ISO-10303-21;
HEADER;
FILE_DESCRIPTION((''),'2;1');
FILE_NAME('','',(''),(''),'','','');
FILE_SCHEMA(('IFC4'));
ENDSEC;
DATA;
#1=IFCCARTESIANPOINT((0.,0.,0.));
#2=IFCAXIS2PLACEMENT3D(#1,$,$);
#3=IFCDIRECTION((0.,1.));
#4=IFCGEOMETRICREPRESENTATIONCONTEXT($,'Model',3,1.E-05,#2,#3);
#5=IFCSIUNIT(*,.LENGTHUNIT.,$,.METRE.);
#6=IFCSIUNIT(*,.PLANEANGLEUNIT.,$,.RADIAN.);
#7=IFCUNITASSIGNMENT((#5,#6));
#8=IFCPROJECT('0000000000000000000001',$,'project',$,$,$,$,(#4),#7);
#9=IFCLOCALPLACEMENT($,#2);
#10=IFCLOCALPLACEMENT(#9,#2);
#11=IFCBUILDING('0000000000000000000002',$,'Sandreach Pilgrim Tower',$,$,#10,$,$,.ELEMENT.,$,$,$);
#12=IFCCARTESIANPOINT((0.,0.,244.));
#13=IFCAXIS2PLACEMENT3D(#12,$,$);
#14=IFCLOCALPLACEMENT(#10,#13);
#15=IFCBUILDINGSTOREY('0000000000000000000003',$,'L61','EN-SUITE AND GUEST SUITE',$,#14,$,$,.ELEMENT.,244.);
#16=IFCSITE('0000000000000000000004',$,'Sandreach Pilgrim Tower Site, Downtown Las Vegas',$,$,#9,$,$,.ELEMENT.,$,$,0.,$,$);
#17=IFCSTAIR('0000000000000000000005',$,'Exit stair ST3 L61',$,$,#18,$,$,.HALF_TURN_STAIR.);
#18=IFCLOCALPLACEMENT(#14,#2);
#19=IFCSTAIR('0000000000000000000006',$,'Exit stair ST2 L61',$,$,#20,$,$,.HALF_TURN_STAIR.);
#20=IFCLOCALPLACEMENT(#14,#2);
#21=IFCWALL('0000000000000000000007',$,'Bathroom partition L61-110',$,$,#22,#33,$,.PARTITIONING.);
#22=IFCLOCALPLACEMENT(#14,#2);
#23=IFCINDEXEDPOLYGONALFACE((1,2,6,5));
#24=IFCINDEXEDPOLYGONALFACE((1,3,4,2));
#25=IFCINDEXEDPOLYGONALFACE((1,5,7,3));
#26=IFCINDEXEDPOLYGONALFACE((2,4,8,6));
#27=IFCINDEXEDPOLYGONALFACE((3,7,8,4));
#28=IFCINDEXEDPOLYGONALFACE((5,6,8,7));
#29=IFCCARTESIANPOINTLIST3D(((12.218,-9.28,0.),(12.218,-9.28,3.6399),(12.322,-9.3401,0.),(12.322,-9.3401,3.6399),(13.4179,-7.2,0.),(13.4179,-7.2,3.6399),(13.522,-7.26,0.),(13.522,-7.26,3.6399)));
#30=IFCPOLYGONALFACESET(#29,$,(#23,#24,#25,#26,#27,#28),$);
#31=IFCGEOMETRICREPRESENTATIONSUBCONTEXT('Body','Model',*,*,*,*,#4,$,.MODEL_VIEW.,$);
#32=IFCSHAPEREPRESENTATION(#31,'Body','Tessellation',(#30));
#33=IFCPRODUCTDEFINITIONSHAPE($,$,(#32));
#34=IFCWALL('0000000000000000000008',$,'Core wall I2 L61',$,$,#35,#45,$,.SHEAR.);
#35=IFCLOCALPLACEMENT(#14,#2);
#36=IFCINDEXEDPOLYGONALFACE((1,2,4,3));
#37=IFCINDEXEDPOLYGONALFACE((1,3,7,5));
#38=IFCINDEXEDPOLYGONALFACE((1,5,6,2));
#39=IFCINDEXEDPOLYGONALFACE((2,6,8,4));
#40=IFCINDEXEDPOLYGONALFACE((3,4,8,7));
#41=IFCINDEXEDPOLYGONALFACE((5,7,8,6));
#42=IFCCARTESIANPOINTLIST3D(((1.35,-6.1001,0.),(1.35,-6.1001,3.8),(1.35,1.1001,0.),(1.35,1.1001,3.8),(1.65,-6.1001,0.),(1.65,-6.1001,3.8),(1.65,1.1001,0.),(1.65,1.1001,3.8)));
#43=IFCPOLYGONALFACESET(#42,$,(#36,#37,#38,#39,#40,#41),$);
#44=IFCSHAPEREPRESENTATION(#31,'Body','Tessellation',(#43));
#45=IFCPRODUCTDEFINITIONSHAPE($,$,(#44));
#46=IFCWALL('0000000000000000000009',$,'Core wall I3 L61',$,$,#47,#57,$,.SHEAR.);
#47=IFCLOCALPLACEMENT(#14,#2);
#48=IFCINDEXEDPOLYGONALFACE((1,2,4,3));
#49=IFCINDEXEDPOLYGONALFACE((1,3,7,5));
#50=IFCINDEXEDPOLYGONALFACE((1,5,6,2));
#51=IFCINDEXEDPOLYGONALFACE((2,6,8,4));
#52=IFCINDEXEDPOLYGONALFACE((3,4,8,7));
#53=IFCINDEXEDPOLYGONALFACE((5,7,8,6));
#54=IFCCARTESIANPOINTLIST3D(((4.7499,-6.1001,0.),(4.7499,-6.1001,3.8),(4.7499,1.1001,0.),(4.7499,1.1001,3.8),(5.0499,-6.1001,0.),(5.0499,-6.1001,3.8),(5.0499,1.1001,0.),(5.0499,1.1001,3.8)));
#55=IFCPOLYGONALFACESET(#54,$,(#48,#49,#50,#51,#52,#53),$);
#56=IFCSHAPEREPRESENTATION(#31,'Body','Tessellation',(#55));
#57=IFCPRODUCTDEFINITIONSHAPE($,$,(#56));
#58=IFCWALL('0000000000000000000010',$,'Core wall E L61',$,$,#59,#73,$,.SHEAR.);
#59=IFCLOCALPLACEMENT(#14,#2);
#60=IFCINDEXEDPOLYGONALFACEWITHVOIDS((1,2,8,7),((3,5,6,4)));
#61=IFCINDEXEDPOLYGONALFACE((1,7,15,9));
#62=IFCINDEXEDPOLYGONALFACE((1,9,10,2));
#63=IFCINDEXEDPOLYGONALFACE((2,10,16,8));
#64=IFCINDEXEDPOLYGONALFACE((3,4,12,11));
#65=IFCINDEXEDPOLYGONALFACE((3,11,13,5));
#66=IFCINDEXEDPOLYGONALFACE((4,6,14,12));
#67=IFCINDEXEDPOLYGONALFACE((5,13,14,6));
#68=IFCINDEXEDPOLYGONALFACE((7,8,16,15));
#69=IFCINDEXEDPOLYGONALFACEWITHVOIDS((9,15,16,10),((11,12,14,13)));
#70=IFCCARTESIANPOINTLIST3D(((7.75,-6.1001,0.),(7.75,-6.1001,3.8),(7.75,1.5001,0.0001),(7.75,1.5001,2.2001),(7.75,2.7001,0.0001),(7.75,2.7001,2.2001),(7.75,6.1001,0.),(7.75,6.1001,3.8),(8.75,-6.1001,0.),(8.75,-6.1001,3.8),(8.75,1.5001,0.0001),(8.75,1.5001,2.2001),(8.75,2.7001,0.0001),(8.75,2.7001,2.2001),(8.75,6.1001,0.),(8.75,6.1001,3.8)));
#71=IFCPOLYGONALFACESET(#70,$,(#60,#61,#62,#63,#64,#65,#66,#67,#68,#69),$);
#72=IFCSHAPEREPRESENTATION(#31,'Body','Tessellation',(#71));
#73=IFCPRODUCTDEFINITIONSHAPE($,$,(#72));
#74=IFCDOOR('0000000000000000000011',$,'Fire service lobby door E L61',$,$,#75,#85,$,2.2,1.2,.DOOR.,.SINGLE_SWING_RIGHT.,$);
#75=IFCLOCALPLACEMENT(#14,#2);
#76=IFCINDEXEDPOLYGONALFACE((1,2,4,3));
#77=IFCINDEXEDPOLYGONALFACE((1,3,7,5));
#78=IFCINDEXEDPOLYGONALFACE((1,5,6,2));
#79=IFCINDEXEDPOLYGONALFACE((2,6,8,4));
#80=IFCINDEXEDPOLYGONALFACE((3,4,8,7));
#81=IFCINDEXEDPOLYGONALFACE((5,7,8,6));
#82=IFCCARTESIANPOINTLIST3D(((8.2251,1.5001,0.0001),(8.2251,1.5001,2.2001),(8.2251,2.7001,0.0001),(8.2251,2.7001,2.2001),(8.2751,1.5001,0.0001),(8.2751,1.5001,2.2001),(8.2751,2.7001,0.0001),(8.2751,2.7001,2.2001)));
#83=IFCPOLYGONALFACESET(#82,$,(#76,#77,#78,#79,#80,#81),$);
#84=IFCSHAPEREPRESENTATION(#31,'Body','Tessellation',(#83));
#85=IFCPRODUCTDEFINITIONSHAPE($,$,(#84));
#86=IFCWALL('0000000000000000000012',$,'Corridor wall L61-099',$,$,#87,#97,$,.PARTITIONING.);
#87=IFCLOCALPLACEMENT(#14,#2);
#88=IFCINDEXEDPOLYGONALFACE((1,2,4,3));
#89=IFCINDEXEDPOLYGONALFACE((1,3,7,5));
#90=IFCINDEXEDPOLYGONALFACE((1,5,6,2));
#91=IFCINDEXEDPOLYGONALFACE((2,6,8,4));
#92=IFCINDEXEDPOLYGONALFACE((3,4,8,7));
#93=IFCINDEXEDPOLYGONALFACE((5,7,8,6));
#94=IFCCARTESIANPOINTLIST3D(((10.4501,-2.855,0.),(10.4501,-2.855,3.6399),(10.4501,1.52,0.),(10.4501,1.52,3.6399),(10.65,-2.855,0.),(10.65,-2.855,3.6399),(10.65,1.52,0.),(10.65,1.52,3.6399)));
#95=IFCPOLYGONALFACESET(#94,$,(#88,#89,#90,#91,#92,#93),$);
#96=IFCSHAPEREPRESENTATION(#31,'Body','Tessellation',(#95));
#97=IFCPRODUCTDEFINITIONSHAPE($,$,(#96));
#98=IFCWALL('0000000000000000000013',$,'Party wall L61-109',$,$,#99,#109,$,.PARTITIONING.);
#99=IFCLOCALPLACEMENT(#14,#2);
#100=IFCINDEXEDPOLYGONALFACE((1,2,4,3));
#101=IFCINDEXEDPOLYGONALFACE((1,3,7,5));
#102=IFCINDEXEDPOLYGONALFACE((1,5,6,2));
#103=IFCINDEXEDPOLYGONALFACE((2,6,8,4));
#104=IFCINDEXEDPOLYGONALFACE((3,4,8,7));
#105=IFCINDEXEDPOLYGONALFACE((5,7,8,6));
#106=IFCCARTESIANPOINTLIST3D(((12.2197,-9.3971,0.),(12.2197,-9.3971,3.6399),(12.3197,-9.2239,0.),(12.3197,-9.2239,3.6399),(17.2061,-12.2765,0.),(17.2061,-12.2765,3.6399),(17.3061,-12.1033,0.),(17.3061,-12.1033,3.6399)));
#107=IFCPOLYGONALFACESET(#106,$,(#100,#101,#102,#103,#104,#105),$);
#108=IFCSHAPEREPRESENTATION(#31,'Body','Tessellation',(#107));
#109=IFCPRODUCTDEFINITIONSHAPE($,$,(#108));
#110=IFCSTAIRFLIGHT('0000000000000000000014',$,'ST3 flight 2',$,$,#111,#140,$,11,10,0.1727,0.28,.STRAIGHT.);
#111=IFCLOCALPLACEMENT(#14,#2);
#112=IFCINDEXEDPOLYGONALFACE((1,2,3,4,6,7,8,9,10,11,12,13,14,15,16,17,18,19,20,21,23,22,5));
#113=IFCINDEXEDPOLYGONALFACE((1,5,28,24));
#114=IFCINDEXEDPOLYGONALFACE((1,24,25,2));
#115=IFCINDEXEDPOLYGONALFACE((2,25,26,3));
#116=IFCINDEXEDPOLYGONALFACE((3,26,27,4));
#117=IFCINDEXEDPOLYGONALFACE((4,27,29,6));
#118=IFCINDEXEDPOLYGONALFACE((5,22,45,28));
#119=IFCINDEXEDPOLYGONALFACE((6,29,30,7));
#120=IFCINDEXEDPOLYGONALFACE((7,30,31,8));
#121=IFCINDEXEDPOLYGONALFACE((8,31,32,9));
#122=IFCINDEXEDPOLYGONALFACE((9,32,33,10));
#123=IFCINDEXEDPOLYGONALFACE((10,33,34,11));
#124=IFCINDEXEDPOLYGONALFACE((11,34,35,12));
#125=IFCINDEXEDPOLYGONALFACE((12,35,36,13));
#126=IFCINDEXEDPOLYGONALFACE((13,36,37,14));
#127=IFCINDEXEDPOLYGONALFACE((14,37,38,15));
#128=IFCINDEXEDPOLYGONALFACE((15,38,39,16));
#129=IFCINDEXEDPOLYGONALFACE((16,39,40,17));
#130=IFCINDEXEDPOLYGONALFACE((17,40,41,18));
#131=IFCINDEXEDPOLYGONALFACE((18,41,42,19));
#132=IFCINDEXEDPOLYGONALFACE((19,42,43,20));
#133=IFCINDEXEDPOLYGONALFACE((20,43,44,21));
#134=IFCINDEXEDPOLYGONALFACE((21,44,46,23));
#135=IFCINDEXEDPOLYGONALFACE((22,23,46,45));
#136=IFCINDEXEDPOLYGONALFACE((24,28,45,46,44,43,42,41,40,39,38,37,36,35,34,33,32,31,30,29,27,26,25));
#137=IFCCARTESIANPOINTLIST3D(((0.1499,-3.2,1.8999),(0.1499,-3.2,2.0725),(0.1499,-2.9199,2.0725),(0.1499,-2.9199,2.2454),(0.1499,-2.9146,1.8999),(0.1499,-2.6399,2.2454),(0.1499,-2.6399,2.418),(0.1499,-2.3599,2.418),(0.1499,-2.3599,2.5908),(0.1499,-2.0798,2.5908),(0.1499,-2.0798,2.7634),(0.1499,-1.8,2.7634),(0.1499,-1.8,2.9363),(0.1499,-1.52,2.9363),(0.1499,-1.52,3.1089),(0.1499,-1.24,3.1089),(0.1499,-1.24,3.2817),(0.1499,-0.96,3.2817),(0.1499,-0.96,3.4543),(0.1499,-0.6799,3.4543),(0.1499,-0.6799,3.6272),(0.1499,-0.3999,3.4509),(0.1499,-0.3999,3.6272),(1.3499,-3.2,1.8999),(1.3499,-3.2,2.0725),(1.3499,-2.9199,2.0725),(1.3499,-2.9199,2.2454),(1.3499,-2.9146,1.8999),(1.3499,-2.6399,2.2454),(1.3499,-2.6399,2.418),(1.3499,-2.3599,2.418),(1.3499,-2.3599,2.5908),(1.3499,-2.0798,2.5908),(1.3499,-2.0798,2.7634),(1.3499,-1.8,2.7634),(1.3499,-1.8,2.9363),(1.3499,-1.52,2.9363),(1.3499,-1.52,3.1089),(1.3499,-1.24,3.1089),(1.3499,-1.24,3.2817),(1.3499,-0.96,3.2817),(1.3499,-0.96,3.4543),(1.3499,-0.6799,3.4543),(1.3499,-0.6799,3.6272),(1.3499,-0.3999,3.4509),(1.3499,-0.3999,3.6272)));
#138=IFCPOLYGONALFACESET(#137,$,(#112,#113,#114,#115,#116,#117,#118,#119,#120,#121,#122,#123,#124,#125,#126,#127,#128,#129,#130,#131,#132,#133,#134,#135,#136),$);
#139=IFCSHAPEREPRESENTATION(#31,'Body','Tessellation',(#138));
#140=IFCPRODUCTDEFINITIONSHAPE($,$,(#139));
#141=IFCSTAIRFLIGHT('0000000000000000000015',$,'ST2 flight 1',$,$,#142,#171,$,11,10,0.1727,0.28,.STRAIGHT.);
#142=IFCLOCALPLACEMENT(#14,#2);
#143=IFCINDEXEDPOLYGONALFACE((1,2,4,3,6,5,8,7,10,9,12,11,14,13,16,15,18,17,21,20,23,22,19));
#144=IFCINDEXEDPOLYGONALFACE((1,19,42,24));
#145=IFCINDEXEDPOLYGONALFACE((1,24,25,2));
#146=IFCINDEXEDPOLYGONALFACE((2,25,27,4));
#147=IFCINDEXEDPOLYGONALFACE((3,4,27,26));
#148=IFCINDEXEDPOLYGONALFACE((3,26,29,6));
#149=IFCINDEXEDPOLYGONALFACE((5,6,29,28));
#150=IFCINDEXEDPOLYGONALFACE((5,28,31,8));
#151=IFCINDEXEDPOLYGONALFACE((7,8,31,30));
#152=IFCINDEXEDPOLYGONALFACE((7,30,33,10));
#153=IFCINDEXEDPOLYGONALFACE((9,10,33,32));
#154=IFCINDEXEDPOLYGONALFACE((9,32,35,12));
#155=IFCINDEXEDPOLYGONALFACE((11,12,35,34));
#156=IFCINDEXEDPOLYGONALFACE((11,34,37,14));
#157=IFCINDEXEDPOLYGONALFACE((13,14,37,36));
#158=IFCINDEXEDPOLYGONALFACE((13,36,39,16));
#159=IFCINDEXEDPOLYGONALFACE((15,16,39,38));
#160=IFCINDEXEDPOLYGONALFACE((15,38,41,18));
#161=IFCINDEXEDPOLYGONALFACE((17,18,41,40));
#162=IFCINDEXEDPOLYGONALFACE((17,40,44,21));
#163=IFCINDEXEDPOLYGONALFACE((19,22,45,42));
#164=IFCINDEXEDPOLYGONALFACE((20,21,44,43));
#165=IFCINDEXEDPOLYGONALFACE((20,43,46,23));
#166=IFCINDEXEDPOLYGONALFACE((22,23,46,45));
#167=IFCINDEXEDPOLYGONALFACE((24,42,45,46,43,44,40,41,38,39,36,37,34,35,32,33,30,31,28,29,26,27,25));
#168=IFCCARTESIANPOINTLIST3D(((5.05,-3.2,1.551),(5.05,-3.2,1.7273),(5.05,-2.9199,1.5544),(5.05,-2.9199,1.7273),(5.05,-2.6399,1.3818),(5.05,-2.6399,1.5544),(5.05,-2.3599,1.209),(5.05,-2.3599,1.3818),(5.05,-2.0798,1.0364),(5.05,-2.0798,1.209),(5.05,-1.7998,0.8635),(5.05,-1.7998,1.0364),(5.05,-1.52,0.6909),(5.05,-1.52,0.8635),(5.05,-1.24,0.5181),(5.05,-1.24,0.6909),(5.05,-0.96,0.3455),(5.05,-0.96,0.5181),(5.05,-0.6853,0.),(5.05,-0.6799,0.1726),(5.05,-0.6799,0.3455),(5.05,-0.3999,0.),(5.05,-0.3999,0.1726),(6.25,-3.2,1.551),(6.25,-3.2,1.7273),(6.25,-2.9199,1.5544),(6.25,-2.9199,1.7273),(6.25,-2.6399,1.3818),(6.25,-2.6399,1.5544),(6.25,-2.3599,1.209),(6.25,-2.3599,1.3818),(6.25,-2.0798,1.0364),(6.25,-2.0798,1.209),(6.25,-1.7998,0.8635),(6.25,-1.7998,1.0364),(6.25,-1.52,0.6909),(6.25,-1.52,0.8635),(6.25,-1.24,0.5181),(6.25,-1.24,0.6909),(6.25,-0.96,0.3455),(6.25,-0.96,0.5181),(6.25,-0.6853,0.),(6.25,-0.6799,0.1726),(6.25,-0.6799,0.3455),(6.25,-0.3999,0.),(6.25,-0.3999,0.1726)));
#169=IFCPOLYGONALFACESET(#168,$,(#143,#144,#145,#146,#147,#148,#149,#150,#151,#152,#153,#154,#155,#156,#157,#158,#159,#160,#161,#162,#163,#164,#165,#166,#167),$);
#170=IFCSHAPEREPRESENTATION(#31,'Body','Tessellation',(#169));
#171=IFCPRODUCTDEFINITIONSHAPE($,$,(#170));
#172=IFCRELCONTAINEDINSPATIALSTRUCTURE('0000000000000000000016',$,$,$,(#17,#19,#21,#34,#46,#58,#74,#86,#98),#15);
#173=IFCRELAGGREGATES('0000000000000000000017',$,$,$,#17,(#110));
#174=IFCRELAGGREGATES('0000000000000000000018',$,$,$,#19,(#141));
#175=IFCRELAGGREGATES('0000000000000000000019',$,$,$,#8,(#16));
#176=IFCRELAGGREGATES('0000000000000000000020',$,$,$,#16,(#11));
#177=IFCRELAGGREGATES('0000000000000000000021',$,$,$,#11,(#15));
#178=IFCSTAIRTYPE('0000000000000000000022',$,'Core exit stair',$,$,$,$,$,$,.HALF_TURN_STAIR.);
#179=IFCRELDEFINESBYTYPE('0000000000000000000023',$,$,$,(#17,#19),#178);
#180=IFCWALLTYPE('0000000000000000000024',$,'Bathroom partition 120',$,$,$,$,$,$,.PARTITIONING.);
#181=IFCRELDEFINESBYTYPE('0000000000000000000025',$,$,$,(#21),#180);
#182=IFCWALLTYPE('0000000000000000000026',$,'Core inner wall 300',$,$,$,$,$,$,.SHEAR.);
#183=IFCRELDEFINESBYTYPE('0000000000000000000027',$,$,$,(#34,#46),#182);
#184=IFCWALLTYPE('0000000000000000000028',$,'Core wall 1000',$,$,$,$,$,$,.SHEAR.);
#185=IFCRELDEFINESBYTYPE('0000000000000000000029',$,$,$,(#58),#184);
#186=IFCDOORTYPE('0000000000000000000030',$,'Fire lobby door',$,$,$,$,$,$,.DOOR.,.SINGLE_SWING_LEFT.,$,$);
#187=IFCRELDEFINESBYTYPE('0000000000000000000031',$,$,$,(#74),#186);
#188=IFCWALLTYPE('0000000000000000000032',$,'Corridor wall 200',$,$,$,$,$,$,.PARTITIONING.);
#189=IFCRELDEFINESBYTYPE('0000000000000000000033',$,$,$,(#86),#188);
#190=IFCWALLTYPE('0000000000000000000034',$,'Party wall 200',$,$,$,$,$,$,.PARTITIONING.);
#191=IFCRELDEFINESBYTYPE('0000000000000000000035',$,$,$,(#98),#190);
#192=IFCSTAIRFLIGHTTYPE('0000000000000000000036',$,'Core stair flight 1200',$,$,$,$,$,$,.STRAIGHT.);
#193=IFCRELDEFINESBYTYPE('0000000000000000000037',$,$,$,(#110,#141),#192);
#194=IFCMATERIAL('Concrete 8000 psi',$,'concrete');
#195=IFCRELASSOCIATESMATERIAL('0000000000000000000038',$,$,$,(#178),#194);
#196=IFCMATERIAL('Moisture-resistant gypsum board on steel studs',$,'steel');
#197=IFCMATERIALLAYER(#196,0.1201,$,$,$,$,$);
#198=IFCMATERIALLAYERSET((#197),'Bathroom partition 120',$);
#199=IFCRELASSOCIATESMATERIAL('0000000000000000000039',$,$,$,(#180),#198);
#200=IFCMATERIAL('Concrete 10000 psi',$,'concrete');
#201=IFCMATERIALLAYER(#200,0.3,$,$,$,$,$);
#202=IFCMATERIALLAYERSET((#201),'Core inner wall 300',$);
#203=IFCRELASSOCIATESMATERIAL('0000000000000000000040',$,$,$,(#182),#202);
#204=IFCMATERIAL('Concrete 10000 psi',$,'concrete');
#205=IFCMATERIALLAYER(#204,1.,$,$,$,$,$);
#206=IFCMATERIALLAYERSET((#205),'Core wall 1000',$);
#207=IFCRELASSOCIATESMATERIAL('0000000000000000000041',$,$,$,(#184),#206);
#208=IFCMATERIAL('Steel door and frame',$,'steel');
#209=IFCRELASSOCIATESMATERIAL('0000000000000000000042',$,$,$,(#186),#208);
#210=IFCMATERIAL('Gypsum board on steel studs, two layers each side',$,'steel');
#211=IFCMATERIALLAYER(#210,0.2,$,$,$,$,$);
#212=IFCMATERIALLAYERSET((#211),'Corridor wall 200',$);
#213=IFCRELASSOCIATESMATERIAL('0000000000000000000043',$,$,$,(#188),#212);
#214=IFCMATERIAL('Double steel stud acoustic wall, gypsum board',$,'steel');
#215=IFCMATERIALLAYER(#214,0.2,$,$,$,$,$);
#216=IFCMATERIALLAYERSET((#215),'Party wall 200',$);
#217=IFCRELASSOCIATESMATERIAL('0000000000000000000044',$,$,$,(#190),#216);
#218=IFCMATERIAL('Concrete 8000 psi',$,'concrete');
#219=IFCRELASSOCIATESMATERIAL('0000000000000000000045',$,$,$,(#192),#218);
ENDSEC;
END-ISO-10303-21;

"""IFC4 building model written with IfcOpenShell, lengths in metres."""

from ifc_helpers import new_model, si_unit, direction, frame, frame_2d, origin, place, context, subcontext, project, spatial, polyline, rectangle, outline, extrude, material, layer, layer_set, type_object, element, fill, aggregate, save


model = new_model("IFC4")

# Units and contexts
model_context = context("Model", 3, precision=1e-05, world=origin(), true_north=direction((0.0, 1.0)))
body_context = subcontext(model_context, "Body", "Model", "MODEL_VIEW")
ifc_project = project(units=[si_unit("LENGTHUNIT", "METRE"), si_unit("PLANEANGLEUNIT", "RADIAN")], contexts=[model_context])

# Site, building, storey
site_placement = place(None, origin())
site = spatial("IfcSite", under=ifc_project, at=site_placement, Name="Sandreach Pilgrim Tower Site, Downtown Las Vegas", CompositionType="ELEMENT", RefElevation=0.0)
building_placement = place(site_placement, origin())
building = spatial("IfcBuilding", under=site, at=building_placement, Name="Sandreach Pilgrim Tower", CompositionType="ELEMENT")
storey_placement = place(building_placement, frame((0.0, 0.0, 244.0)))
storey = spatial("IfcBuildingStorey", under=building, at=storey_placement, Name="L61", Description="EN-SUITE AND GUEST SUITE", CompositionType="ELEMENT", Elevation=244.0)

# Stair
ifc_material_1 = material(Name="Concrete 8000 psi", Category="concrete")
stair_type = type_object("IfcStairType", Name="Core exit stair", PredefinedType="HALF_TURN_STAIR", material=ifc_material_1)
stair_1_placement = place(storey_placement, origin())
stair_1 = element("IfcStair", 1, at=stair_1_placement, inside=storey, type_object=stair_type, Name="Exit stair ST3 L61", PredefinedType="HALF_TURN_STAIR")

# Stair
stair_2_placement = place(storey_placement, origin())
stair_2 = element("IfcStair", 2, at=stair_2_placement, inside=storey, type_object=stair_type, Name="Exit stair ST2 L61", PredefinedType="HALF_TURN_STAIR")

# Walls
ifc_material_2 = material(Name="Moisture-resistant gypsum board on steel studs", Category="steel")
ifc_layer_1 = layer(ifc_material_2, 0.1201)
ifc_layer_set_1 = layer_set([ifc_layer_1], Name="Bathroom partition 120")
wall_type_1 = type_object("IfcWallType", Name="Bathroom partition 120", PredefinedType="PARTITIONING", material=ifc_layer_set_1)
wall_1_placement = place(storey_placement, frame((12.27, -9.3101, 0.0), z_axis=(0.0, 0.0, 1.0), x_axis=(0.499693, 0.866203, 0.0)))
element("IfcWall", 3, at=wall_1_placement, inside=storey, type_object=wall_type_1, Name="Bathroom partition L61-110", PredefinedType="PARTITIONING", context=body_context, shape_type="SweptSolid", body=[
    extrude(rectangle(XDim=2.4014, YDim=0.1201, at=frame_2d((1.2007, 0.0))), origin(), (0.0, 0.0, 1.0), 3.6399),
])
ifc_material_3 = material(Name="Concrete 10000 psi", Category="concrete")
ifc_layer_2 = layer(ifc_material_3, 0.3)
ifc_layer_set_2 = layer_set([ifc_layer_2], Name="Core inner wall 300")
wall_type_2 = type_object("IfcWallType", Name="Core inner wall 300", PredefinedType="SHEAR", material=ifc_layer_set_2)
for number, where, z_axis, x_axis, name in (
    (4, (1.5, -6.1001, 0.0), (0.0, 0.0, 1.0), (0.0, 1.0, 0.0), "Core wall I2 L61"),
    (5, (4.8999, -6.1001, 0.0), (0.0, 0.0, 1.0), (0.0, 1.0, 0.0), "Core wall I3 L61"),
):
    element("IfcWall", number, at=place(storey_placement, frame(where, z_axis=z_axis, x_axis=x_axis)), inside=storey, type_object=wall_type_2, Name=name, PredefinedType="SHEAR", context=body_context, shape_type="SweptSolid", body=[
        extrude(rectangle(XDim=7.2002, YDim=0.3, at=frame_2d((3.6001, 0.0))), origin(), (0.0, 0.0, 1.0), 3.8),
    ])

# Wall, opening, door
ifc_material_4 = material(Name="Concrete 10000 psi", Category="concrete")
ifc_layer_3 = layer(ifc_material_4, 1.0)
ifc_layer_set_3 = layer_set([ifc_layer_3], Name="Core wall 1000")
wall_type_3 = type_object("IfcWallType", Name="Core wall 1000", PredefinedType="SHEAR", material=ifc_layer_set_3)
wall_2_placement = place(storey_placement, frame((8.25, -6.1001, 0.0), z_axis=(0.0, 0.0, 1.0), x_axis=(0.0, 1.0, 0.0)))
wall_2 = element("IfcWall", 6, at=wall_2_placement, inside=storey, type_object=wall_type_3, Name="Core wall E L61", PredefinedType="SHEAR", context=body_context, shape_type="SweptSolid", body=[
    extrude(rectangle(XDim=12.2002, YDim=1.0, at=frame_2d((6.1001, 0.0))), origin(), (0.0, 0.0, 1.0), 3.8),
])
opening_1_placement = place(wall_2_placement, frame((7.6001, 0.0, 0.0)))
opening_1 = element("IfcOpeningElement", 7, at=opening_1_placement, cuts=wall_2, PredefinedType="OPENING", context=body_context, shape_type="SweptSolid", body=[
    extrude(rectangle(XDim=1.2, YDim=2.2, at=frame_2d((0.6001, 1.1001))), frame((0.0, 0.5, 0.0), z_axis=(0.0, -1.0, 0.0), x_axis=(1.0, 0.0, 0.0)), (0.0, 0.0, 1.0), 1.0),
])
ifc_material_5 = material(Name="Steel door and frame", Category="steel")
door_type_1 = type_object("IfcDoorType", Name="Fire lobby door", OperationType="SINGLE_SWING_LEFT", PredefinedType="DOOR", material=ifc_material_5)
door_1_placement = place(opening_1_placement, origin())
door_1 = element("IfcDoor", 8, at=door_1_placement, inside=storey, type_object=door_type_1, Name="Fire service lobby door E L61", OperationType="SINGLE_SWING_RIGHT", OverallHeight=2.2, OverallWidth=1.2, PredefinedType="DOOR", context=body_context, shape_type="SweptSolid", body=[
    extrude(rectangle(XDim=1.2, YDim=2.2, at=frame_2d((0.6001, 1.1001))), frame((0.0, 0.0249, 0.0), z_axis=(0.0, -1.0, 0.0), x_axis=(1.0, 0.0, 0.0)), (0.0, 0.0, 1.0), 0.05),
])
fill(opening_1, door_1)
ifc_material_6 = material(Name="Gypsum board on steel studs, two layers each side", Category="steel")
ifc_layer_4 = layer(ifc_material_6, 0.2)
ifc_layer_set_4 = layer_set([ifc_layer_4], Name="Corridor wall 200")
wall_type_4 = type_object("IfcWallType", Name="Corridor wall 200", PredefinedType="PARTITIONING", material=ifc_layer_set_4)

# Wall
wall_3_placement = place(storey_placement, frame((10.55, -2.855, 0.0), z_axis=(0.0, 0.0, 1.0), x_axis=(0.0, 1.0, 0.0)))
element("IfcWall", 9, at=wall_3_placement, inside=storey, type_object=wall_type_4, Name="Corridor wall L61-099", PredefinedType="PARTITIONING", context=body_context, shape_type="SweptSolid", body=[
    extrude(rectangle(XDim=4.375, YDim=0.2, at=frame_2d((2.1875, 0.0))), origin(), (0.0, 0.0, 1.0), 3.6399),
])

# Wall
ifc_material_7 = material(Name="Double steel stud acoustic wall, gypsum board", Category="steel")
ifc_layer_5 = layer(ifc_material_7, 0.2)
ifc_layer_set_5 = layer_set([ifc_layer_5], Name="Party wall 200")
wall_type_5 = type_object("IfcWallType", Name="Party wall 200", PredefinedType="PARTITIONING", material=ifc_layer_set_5)
wall_4_placement = place(storey_placement, frame((12.2698, -9.3105, 0.0), z_axis=(0.0, 0.0, 1.0), x_axis=(0.865985, -0.50007, 0.0)))
element("IfcWall", 10, at=wall_4_placement, inside=storey, type_object=wall_type_5, Name="Party wall L61-109", PredefinedType="PARTITIONING", context=body_context, shape_type="SweptSolid", body=[
    extrude(rectangle(XDim=5.7581, YDim=0.2, at=frame_2d((2.8789, 0.0))), origin(), (0.0, 0.0, 1.0), 3.6399),
])

# Stair flights
ifc_material_8 = material(Name="Concrete 8000 psi", Category="concrete")
stair_flight_type = type_object("IfcStairFlightType", Name="Core stair flight 1200", PredefinedType="STRAIGHT", material=ifc_material_8)
stair_flight_1_placement = place(storey_placement, frame((0.75, -3.2, 1.8999), z_axis=(0.0, 0.0, 1.0), x_axis=(0.0, 1.0, 0.0)))
stair_flight_1 = element("IfcStairFlight", 11, at=stair_flight_1_placement, type_object=stair_flight_type, Name="ST3 flight 2", NumberOfRisers=11, NumberOfTreads=10, PredefinedType="STRAIGHT", RiserHeight=0.1727, TreadLength=0.28, context=body_context, shape_type="SweptSolid", body=[
    extrude(outline(polyline([(0.0, 0.0), (0.0, 0.1726), (0.28, 0.1726), (0.28, 0.3455), (0.5601, 0.3455), (0.5601, 0.5181), (0.8401, 0.5181), (0.8401, 0.6909), (1.1201, 0.6909), (1.1201, 0.8635), (1.3999, 0.8635), (1.3999, 1.0364), (1.6799, 1.0364), (1.6799, 1.209), (1.96, 1.209), (1.96, 1.3818), (2.24, 1.3818), (2.24, 1.5544), (2.52, 1.5544), (2.52, 1.7273), (2.8, 1.7273), (2.8, 1.8999), (2.8, 1.551), (0.2854, 0.0), (0.0, 0.0)])), frame((0.0, 0.6001, 0.0), z_axis=(0.0, -1.0, 0.0), x_axis=(1.0, 0.0, 0.0)), (0.0, 0.0, 1.0), 1.2),
])
aggregate(stair_1, [stair_flight_1])
stair_flight_2_placement = place(storey_placement, frame((5.6499, -0.3999, 0.0), z_axis=(0.0, 0.0, 1.0), x_axis=(0.0, -1.0, 0.0)))
stair_flight_2 = element("IfcStairFlight", 12, at=stair_flight_2_placement, type_object=stair_flight_type, Name="ST2 flight 1", NumberOfRisers=11, NumberOfTreads=10, PredefinedType="STRAIGHT", RiserHeight=0.1727, TreadLength=0.28, context=body_context, shape_type="SweptSolid", body=[
    extrude(outline(polyline([(0.0, 0.0), (0.0, 0.1726), (0.28, 0.1726), (0.28, 0.3455), (0.5601, 0.3455), (0.5601, 0.5181), (0.8401, 0.5181), (0.8401, 0.6909), (1.1201, 0.6909), (1.1201, 0.8635), (1.3999, 0.8635), (1.3999, 1.0364), (1.6799, 1.0364), (1.6799, 1.209), (1.96, 1.209), (1.96, 1.3818), (2.24, 1.3818), (2.24, 1.5544), (2.52, 1.5544), (2.52, 1.7273), (2.8, 1.7273), (2.8, 1.8999), (2.8, 1.551), (0.2854, 0.0), (0.0, 0.0)])), frame((0.0, 0.6001, 0.0), z_axis=(0.0, -1.0, 0.0), x_axis=(1.0, 0.0, 0.0)), (0.0, 0.0, 1.0), 1.2),
])
aggregate(stair_2, [stair_flight_2])

save(model, "model.ifc")
